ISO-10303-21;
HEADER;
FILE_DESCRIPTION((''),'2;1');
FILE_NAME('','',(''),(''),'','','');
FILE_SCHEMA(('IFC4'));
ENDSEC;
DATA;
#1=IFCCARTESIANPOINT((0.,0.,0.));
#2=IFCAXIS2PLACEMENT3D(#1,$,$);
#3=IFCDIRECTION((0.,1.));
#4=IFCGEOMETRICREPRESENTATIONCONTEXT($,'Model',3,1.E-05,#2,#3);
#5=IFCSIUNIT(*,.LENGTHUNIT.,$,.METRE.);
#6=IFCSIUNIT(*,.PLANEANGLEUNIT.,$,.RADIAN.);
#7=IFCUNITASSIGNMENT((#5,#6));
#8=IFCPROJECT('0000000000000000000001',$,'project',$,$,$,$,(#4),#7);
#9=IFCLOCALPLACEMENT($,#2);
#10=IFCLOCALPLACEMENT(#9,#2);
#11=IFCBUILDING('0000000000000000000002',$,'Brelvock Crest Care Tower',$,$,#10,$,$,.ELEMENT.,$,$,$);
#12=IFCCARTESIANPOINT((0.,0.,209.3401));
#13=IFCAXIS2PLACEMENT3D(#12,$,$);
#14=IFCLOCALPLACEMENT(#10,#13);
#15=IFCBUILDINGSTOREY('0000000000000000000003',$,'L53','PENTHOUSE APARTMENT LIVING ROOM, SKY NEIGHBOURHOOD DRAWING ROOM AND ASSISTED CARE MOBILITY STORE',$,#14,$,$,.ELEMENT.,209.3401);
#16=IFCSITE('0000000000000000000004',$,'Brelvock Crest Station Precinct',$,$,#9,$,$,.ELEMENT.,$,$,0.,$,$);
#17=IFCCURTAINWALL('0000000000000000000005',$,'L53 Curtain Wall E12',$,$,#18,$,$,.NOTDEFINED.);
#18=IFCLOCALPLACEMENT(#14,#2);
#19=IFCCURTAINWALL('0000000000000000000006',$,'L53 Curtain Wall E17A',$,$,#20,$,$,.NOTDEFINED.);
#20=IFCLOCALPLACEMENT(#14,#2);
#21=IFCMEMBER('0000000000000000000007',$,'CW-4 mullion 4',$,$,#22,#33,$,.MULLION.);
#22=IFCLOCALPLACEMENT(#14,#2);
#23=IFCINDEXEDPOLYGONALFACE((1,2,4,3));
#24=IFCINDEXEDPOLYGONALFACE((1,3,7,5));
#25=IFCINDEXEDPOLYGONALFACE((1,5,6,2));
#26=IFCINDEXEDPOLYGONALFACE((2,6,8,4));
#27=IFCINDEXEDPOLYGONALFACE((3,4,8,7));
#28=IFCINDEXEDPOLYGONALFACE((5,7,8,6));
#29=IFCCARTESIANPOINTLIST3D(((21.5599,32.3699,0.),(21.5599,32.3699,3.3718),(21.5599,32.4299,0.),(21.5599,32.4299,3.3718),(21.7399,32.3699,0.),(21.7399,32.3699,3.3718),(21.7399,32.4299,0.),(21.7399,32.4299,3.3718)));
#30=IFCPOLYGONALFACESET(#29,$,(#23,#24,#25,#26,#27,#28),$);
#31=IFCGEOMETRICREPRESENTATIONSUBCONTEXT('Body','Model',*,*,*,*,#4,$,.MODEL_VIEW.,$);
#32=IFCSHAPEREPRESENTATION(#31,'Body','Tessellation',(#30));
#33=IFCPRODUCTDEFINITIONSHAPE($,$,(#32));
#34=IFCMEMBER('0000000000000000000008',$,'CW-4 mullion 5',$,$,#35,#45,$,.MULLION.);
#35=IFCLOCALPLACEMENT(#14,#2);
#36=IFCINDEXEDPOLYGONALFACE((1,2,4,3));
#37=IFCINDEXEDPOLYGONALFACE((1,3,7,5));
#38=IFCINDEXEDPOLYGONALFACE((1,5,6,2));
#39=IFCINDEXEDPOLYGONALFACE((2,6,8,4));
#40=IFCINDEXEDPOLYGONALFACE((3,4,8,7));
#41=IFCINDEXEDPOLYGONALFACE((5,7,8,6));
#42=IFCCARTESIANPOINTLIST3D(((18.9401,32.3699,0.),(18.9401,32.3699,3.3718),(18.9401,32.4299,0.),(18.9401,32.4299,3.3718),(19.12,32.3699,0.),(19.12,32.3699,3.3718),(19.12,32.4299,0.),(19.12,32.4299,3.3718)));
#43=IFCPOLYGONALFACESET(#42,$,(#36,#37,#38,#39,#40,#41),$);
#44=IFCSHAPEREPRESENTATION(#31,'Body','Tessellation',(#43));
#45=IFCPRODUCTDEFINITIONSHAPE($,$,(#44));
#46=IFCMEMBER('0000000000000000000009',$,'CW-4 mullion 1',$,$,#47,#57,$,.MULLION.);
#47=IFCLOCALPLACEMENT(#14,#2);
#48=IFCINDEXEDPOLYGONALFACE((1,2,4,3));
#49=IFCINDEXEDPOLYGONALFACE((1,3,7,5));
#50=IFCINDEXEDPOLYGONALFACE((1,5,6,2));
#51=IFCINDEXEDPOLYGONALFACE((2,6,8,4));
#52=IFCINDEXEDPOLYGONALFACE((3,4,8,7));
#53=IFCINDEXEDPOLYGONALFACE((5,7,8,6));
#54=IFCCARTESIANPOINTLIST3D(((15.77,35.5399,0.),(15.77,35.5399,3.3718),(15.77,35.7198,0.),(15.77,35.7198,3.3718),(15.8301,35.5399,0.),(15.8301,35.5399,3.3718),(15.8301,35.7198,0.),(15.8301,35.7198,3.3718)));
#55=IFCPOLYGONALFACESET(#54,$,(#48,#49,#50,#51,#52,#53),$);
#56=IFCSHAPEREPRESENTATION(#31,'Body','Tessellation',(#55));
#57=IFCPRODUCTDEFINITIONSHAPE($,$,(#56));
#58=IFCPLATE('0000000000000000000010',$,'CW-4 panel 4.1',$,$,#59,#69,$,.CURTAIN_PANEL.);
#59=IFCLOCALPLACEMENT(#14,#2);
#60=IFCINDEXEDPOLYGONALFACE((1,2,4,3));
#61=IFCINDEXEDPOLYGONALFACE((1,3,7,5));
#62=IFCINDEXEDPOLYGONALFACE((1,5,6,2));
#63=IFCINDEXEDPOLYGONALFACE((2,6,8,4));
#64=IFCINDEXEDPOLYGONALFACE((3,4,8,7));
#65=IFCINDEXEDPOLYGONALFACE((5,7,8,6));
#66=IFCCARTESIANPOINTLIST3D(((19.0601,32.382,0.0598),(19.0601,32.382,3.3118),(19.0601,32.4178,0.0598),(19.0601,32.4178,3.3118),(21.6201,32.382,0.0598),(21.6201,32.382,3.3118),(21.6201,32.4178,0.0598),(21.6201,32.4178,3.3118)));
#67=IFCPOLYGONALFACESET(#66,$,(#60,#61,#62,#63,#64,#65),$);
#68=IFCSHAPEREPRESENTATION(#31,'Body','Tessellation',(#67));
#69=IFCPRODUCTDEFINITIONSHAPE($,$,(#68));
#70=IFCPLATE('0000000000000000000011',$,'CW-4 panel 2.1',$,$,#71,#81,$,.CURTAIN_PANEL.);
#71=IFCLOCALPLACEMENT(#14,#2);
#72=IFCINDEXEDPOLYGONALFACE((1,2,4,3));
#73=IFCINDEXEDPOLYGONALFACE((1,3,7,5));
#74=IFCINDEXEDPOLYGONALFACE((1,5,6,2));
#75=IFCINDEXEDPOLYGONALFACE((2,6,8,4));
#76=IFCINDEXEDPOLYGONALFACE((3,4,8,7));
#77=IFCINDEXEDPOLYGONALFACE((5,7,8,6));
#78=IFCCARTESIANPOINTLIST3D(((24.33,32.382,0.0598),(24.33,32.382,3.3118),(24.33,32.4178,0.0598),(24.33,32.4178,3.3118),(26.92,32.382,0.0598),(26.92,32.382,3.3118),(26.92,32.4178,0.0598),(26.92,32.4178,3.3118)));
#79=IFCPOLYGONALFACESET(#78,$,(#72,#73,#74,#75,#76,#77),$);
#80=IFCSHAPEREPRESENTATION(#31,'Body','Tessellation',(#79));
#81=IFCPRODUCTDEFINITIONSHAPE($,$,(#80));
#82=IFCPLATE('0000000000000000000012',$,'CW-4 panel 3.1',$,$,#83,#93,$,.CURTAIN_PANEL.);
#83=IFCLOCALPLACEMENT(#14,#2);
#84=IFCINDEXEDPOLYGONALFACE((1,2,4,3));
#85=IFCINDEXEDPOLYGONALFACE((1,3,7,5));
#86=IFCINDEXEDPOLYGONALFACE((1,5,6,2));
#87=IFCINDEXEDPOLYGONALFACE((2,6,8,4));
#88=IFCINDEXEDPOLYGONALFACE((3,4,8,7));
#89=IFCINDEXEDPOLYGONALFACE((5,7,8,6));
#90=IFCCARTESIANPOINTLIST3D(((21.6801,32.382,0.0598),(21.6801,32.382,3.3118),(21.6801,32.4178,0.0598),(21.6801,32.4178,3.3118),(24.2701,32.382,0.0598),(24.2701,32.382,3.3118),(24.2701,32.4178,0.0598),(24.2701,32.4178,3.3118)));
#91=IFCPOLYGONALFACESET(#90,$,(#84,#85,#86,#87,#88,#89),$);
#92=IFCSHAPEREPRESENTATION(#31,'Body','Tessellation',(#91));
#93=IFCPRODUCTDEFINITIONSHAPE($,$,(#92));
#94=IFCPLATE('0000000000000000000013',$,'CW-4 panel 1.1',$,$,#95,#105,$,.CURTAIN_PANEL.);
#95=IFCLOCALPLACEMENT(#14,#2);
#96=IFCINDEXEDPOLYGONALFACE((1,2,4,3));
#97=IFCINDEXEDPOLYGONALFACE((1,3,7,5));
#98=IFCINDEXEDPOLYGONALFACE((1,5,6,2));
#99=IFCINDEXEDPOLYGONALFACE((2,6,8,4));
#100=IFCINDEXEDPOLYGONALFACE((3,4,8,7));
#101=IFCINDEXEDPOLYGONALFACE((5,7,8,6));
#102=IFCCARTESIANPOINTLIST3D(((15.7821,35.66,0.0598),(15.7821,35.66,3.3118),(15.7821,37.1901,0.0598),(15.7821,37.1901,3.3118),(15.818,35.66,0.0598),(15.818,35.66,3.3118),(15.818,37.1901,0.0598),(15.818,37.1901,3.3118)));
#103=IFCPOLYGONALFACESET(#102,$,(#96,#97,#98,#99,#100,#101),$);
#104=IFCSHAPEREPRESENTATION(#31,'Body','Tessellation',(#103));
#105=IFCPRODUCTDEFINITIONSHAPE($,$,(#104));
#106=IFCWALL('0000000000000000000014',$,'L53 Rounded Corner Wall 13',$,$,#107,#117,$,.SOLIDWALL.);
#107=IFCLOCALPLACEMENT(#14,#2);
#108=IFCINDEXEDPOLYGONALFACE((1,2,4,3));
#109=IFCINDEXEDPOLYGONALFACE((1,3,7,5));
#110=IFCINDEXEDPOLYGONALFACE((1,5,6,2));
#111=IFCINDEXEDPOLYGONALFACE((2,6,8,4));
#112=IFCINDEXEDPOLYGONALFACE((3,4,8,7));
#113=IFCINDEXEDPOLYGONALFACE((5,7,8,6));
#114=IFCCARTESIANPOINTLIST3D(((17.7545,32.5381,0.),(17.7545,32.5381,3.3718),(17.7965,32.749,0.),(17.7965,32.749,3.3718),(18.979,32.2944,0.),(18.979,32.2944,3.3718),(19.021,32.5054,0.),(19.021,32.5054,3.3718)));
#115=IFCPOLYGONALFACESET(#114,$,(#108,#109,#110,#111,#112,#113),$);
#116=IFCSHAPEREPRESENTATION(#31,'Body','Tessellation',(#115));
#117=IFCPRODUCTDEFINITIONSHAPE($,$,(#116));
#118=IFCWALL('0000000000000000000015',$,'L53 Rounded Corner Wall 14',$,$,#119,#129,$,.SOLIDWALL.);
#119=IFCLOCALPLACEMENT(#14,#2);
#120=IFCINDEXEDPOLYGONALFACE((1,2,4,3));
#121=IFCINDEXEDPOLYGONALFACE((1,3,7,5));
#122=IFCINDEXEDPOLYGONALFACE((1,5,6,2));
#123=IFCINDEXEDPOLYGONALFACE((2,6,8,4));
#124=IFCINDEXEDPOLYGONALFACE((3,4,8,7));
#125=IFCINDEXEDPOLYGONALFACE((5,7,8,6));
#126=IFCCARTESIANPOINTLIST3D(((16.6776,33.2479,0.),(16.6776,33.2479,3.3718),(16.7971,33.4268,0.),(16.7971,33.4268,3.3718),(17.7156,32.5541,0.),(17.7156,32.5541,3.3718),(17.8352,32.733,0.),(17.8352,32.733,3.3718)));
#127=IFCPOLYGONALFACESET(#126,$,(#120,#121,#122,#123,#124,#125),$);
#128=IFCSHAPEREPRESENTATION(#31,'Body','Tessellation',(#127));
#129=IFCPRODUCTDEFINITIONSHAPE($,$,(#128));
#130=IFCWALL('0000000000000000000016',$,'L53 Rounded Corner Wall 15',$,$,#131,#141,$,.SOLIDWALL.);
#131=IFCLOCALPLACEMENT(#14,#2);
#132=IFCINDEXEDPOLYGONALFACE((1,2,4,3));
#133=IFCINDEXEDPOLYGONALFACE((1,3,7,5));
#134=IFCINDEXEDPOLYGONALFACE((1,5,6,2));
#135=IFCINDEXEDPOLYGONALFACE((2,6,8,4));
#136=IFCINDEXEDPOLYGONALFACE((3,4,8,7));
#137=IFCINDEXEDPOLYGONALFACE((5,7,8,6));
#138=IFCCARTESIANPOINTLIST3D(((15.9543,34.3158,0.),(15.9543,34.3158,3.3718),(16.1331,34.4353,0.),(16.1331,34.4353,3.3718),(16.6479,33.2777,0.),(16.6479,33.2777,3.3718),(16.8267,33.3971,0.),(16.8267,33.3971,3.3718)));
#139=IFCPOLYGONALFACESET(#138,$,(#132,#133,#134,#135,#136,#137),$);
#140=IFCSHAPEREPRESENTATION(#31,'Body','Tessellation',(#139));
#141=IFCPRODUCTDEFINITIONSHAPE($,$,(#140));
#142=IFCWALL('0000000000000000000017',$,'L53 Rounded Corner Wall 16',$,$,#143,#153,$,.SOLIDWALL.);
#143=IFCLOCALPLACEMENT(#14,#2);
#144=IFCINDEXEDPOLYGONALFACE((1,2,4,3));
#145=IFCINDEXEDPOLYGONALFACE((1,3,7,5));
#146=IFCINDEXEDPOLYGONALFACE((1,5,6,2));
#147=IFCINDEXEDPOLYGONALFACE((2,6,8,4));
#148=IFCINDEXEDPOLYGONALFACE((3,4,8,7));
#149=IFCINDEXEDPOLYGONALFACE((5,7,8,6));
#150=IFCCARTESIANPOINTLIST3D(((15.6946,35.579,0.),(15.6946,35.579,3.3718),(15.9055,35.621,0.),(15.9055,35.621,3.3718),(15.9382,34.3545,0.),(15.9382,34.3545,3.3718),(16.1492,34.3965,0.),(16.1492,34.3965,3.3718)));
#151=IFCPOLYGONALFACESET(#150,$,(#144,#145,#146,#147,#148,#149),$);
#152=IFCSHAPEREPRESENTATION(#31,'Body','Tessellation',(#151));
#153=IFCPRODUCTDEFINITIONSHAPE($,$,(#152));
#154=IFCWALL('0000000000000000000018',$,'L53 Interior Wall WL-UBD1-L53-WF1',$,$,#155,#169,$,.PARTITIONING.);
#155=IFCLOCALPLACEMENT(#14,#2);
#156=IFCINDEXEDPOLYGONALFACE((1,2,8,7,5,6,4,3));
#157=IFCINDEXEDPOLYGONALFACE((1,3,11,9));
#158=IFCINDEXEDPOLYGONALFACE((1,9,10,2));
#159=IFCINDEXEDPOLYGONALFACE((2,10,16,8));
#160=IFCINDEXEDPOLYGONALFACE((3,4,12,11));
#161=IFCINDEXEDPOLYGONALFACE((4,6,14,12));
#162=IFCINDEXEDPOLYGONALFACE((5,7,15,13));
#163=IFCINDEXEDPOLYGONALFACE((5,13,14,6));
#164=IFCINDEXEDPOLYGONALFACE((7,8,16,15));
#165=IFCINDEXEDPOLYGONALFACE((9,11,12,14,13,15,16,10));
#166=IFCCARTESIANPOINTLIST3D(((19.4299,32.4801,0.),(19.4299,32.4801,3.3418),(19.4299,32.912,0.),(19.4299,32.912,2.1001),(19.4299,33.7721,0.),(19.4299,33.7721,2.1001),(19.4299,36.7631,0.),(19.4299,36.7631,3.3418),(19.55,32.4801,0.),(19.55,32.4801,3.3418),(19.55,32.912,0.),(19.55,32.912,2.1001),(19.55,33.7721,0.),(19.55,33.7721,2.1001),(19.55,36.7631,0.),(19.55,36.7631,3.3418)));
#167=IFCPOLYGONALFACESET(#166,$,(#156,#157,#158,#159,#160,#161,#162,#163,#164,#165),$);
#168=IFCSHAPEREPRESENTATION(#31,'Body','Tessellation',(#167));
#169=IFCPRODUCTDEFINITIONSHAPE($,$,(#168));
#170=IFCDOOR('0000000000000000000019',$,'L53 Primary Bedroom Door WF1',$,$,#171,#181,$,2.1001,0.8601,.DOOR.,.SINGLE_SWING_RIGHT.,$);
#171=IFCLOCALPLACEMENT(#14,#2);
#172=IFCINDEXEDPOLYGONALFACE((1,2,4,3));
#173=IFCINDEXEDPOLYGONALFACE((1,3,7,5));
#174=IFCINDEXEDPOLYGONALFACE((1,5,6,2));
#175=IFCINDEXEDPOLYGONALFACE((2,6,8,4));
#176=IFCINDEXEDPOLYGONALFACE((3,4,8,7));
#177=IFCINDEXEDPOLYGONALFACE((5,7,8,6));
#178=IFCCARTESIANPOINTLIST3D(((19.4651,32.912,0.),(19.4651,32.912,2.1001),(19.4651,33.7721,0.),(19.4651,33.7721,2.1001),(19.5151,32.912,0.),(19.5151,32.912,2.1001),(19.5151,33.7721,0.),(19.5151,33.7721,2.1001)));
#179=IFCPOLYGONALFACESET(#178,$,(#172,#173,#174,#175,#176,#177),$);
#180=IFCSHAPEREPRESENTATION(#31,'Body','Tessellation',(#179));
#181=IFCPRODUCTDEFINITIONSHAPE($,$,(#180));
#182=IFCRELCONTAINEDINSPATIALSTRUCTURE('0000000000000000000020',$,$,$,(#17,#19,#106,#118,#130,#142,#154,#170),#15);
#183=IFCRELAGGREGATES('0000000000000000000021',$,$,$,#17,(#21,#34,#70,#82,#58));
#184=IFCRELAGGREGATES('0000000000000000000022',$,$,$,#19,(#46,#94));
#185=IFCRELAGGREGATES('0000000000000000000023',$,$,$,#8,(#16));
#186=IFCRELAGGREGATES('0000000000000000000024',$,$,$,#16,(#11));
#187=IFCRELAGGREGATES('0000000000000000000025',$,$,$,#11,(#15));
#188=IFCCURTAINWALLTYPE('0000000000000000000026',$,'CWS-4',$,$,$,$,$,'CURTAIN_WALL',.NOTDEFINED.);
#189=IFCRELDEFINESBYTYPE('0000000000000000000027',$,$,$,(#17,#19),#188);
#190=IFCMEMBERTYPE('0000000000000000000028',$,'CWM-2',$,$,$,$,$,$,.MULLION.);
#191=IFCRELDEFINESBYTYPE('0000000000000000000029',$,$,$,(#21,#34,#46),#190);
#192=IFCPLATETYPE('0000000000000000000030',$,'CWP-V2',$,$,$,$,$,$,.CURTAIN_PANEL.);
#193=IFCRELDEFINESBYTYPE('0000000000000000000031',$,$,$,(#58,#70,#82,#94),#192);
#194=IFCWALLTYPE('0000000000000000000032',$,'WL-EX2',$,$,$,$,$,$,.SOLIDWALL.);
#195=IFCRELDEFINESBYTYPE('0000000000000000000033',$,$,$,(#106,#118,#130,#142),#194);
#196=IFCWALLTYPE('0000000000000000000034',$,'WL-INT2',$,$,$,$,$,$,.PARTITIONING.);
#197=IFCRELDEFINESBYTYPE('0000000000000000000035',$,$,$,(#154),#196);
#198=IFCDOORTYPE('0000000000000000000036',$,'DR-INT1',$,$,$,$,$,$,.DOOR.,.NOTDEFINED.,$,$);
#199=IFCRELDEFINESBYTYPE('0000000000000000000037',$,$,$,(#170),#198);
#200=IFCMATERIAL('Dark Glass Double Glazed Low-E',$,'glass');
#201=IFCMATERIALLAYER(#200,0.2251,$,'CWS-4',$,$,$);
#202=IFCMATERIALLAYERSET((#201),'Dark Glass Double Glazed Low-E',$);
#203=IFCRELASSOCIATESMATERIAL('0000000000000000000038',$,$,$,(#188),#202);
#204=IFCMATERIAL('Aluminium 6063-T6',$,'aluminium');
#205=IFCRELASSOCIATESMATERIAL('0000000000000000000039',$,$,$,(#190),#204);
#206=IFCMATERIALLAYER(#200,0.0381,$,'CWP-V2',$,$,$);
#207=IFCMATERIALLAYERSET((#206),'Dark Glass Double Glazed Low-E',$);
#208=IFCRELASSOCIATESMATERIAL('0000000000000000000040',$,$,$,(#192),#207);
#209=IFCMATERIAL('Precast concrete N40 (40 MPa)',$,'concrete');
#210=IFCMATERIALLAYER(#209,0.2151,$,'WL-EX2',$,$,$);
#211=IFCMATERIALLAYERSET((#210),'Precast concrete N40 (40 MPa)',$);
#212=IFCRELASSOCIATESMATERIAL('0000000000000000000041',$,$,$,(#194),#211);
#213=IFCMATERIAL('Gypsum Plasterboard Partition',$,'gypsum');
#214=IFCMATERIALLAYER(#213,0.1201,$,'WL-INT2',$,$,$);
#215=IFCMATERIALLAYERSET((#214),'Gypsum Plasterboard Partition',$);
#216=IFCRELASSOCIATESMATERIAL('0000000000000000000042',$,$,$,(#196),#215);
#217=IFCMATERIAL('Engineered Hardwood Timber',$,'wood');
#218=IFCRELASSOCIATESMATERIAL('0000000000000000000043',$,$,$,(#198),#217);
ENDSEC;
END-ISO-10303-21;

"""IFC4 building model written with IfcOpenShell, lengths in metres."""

from ifc_helpers import new_model, si_unit, direction, frame, frame_2d, origin, origin_2d, place, context, subcontext, project, spatial, rectangle, extrude, source, transform, mapped, material, layer, layer_set, material_profile, profile_set, type_object, element, fill, aggregate, save


model = new_model("IFC4")

# Units and contexts
model_context = context("Model", 3, precision=1e-05, world=origin(), true_north=direction((0.0, 1.0)))
body_context = subcontext(model_context, "Body", "Model", "MODEL_VIEW")
ifc_project = project(units=[si_unit("LENGTHUNIT", "METRE"), si_unit("PLANEANGLEUNIT", "RADIAN")], contexts=[model_context])

# Site, building, storey
site_placement = place(None, origin())
site = spatial("IfcSite", under=ifc_project, at=site_placement, Name="Brelvock Crest Station Precinct", CompositionType="ELEMENT", RefElevation=0.0)
building_placement = place(site_placement, origin())
building = spatial("IfcBuilding", under=site, at=building_placement, Name="Brelvock Crest Care Tower", CompositionType="ELEMENT")
storey_placement = place(building_placement, frame((0.0, 0.0, 209.3401)))
storey = spatial("IfcBuildingStorey", under=building, at=storey_placement, Name="L53", Description="PENTHOUSE APARTMENT LIVING ROOM, SKY NEIGHBOURHOOD DRAWING ROOM AND ASSISTED CARE MOBILITY STORE", CompositionType="ELEMENT", Elevation=209.3401)

# Curtain walls
ifc_material_1 = material(Name="Dark Glass Double Glazed Low-E", Category="glass")
ifc_layer_1 = layer(ifc_material_1, 0.2251, Name="CWS-4")
ifc_layer_set_1 = layer_set([ifc_layer_1], Name="Dark Glass Double Glazed Low-E")
curtain_wall_type = type_object("IfcCurtainWallType", Name="CWS-4", ElementType="CURTAIN_WALL", PredefinedType="NOTDEFINED", material=ifc_layer_set_1)
curtain_wall_1_placement = place(storey_placement, origin())
curtain_wall_1 = element("IfcCurtainWall", 1, at=curtain_wall_1_placement, inside=storey, type_object=curtain_wall_type, Name="L53 Curtain Wall E12", PredefinedType="NOTDEFINED")
ifc_material_2 = material(Name="Aluminium 6063-T6", Category="aluminium")
curtain_wall_2_placement = place(storey_placement, origin())
curtain_wall_2 = element("IfcCurtainWall", 2, at=curtain_wall_2_placement, inside=storey, type_object=curtain_wall_type, Name="L53 Curtain Wall E17A", PredefinedType="NOTDEFINED")

# Members
ifc_material_profile_1 = material_profile(ifc_material_2, rectangle(XDim=0.0601, YDim=0.1799, at=origin_2d()), Name="ALU60x180")
ifc_profile_set_1 = profile_set([ifc_material_profile_1], Name="Aluminium 6063-T6")
member_type_1 = type_object("IfcMemberType", Name="CWM-2", PredefinedType="MULLION", material=ifc_profile_set_1)
shared_shape_1 = source(origin(), body_context, "Body", "SweptSolid", [
    extrude(rectangle(XDim=0.0601, YDim=0.1799, at=origin_2d()), origin(), (0.0, 0.0, 1.0), 3.3718),
])
member_1_placement = place(storey_placement, frame((21.6499, 32.3999, 0.0), z_axis=(0.0, 0.0, 1.0), x_axis=(0.0, -1.0, 0.0)))
member_1 = element("IfcMember", 3, at=member_1_placement, type_object=member_type_1, Name="CW-4 mullion 4", PredefinedType="MULLION", context=body_context, shape_type="MappedRepresentation", body=[
    mapped(shared_shape_1, transform((0.0, 0.0, 0.0), x_axis=(1.0, 0.0, 0.0), y_axis=(0.0, 1.0, 0.0), z_axis=(0.0, 0.0, 1.0), scale=1.0)),
])
member_2_placement = place(storey_placement, frame((19.03, 32.3999, 0.0), z_axis=(0.0, 0.0, 1.0), x_axis=(0.0, -1.0, 0.0)))
member_2 = element("IfcMember", 4, at=member_2_placement, type_object=member_type_1, Name="CW-4 mullion 5", PredefinedType="MULLION", context=body_context, shape_type="MappedRepresentation", body=[
    mapped(shared_shape_1, transform((0.0, 0.0, 0.0), x_axis=(1.0, 0.0, 0.0), y_axis=(0.0, 1.0, 0.0), z_axis=(0.0, 0.0, 1.0), scale=1.0)),
])
member_3_placement = place(storey_placement, frame((15.8, 35.6299, 0.0), z_axis=(0.0, 0.0, 1.0), x_axis=(-1.0, 0.0, 0.0)))
member_3 = element("IfcMember", 5, at=member_3_placement, type_object=member_type_1, Name="CW-4 mullion 1", PredefinedType="MULLION", context=body_context, shape_type="MappedRepresentation", body=[
    mapped(shared_shape_1, transform((0.0, 0.0, 0.0), x_axis=(1.0, 0.0, 0.0), y_axis=(0.0, 1.0, 0.0), z_axis=(0.0, 0.0, 1.0), scale=1.0)),
])

# Plates
ifc_layer_2 = layer(ifc_material_1, 0.0381, Name="CWP-V2")
ifc_layer_set_2 = layer_set([ifc_layer_2], Name="Dark Glass Double Glazed Low-E")
plate_type = type_object("IfcPlateType", Name="CWP-V2", PredefinedType="CURTAIN_PANEL", material=ifc_layer_set_2)
shared_shape_2 = source(origin(), body_context, "Body", "SweptSolid", [
    extrude(rectangle(XDim=2.5601, YDim=0.0359, at=origin_2d()), origin(), (0.0, 0.0, 1.0), 3.252),
])
plate_1_placement = place(storey_placement, frame((20.3401, 32.3999, 0.0598), z_axis=(0.0, 0.0, 1.0), x_axis=(-1.0, 0.0, 0.0)))
plate_1 = element("IfcPlate", 6, at=plate_1_placement, type_object=plate_type, Name="CW-4 panel 4.1", PredefinedType="CURTAIN_PANEL", context=body_context, shape_type="MappedRepresentation", body=[
    mapped(shared_shape_2, transform((0.0, 0.0, 0.0), x_axis=(1.0, 0.0, 0.0), y_axis=(0.0, 1.0, 0.0), z_axis=(0.0, 0.0, 1.0), scale=1.0)),
])
shared_shape_3 = source(origin(), body_context, "Body", "SweptSolid", [
    extrude(rectangle(XDim=2.5901, YDim=0.0359, at=origin_2d()), origin(), (0.0, 0.0, 1.0), 3.252),
])
plate_2_placement = place(storey_placement, frame((25.625, 32.3999, 0.0598), z_axis=(0.0, 0.0, 1.0), x_axis=(-1.0, 0.0, 0.0)))
plate_2 = element("IfcPlate", 7, at=plate_2_placement, type_object=plate_type, Name="CW-4 panel 2.1", PredefinedType="CURTAIN_PANEL", context=body_context, shape_type="MappedRepresentation", body=[
    mapped(shared_shape_3, transform((0.0, 0.0, 0.0), x_axis=(1.0, 0.0, 0.0), y_axis=(0.0, 1.0, 0.0), z_axis=(0.0, 0.0, 1.0), scale=1.0)),
])
plate_3_placement = place(storey_placement, frame((22.9751, 32.3999, 0.0598), z_axis=(0.0, 0.0, 1.0), x_axis=(-1.0, 0.0, 0.0)))
plate_3 = element("IfcPlate", 8, at=plate_3_placement, type_object=plate_type, Name="CW-4 panel 3.1", PredefinedType="CURTAIN_PANEL", context=body_context, shape_type="MappedRepresentation", body=[
    mapped(shared_shape_3, transform((0.0, 0.0, 0.0), x_axis=(1.0, 0.0, 0.0), y_axis=(0.0, 1.0, 0.0), z_axis=(0.0, 0.0, 1.0), scale=1.0)),
])
aggregate(curtain_wall_1, [member_1, member_2, plate_2, plate_3, plate_1])
shared_shape_4 = source(origin(), body_context, "Body", "SweptSolid", [
    extrude(rectangle(XDim=1.53, YDim=0.0359, at=origin_2d()), origin(), (0.0, 0.0, 1.0), 3.252),
])
plate_4_placement = place(storey_placement, frame((15.8, 36.425, 0.0598), z_axis=(0.0, 0.0, 1.0), x_axis=(0.0, 1.0, 0.0)))
plate_4 = element("IfcPlate", 9, at=plate_4_placement, type_object=plate_type, Name="CW-4 panel 1.1", PredefinedType="CURTAIN_PANEL", context=body_context, shape_type="MappedRepresentation", body=[
    mapped(shared_shape_4, transform((0.0, 0.0, 0.0), x_axis=(1.0, 0.0, 0.0), y_axis=(0.0, 1.0, 0.0), z_axis=(0.0, 0.0, 1.0), scale=1.0)),
])
aggregate(curtain_wall_2, [member_3, plate_4])

# Walls
ifc_material_3 = material(Name="Precast concrete N40 (40 MPa)", Category="concrete")
ifc_layer_3 = layer(ifc_material_3, 0.2151, Name="WL-EX2")
ifc_layer_set_3 = layer_set([ifc_layer_3], Name="Precast concrete N40 (40 MPa)")
wall_type_1 = type_object("IfcWallType", Name="WL-EX2", PredefinedType="SOLIDWALL", material=ifc_layer_set_3)
for number, where, z_axis, x_axis, name in (
    (10, (19.0, 32.3999, 0.0), (0.0, 0.0, 1.0), (-0.980776, 0.195138, 0.0), "L53 Rounded Corner Wall 13"),
    (11, (17.7754, 32.6436, 0.0), (0.0, 0.0, 1.0), (-0.831388, 0.555692, 0.0), "L53 Rounded Corner Wall 14"),
    (12, (16.7373, 33.3374, 0.0), (0.0, 0.0, 1.0), (-0.555557, 0.831478, 0.0), "L53 Rounded Corner Wall 15"),
    (13, (16.0437, 34.3755, 0.0), (0.0, 0.0, 1.0), (-0.195138, 0.980776, 0.0), "L53 Rounded Corner Wall 16"),
):
    element("IfcWall", number, at=place(storey_placement, frame(where, z_axis=z_axis, x_axis=x_axis)), inside=storey, type_object=wall_type_1, Name=name, PredefinedType="SOLIDWALL", context=body_context, shape_type="SweptSolid", body=[
        extrude(rectangle(XDim=1.2485, YDim=0.2151, at=frame_2d((0.6243, 0.0))), origin(), (0.0, 0.0, 1.0), 3.3718),
    ])

# Wall, opening, door
ifc_material_4 = material(Name="Gypsum Plasterboard Partition", Category="gypsum")
ifc_layer_4 = layer(ifc_material_4, 0.1201, Name="WL-INT2")
ifc_layer_set_4 = layer_set([ifc_layer_4], Name="Gypsum Plasterboard Partition")
wall_type_2 = type_object("IfcWallType", Name="WL-INT2", PredefinedType="PARTITIONING", material=ifc_layer_set_4)
wall_placement = place(storey_placement, frame((19.49, 32.48, 0.0), z_axis=(0.0, 0.0, 1.0), x_axis=(0.0, 1.0, 0.0)))
wall = element("IfcWall", 14, at=wall_placement, inside=storey, type_object=wall_type_2, Name="L53 Interior Wall WL-UBD1-L53-WF1", PredefinedType="PARTITIONING", context=body_context, shape_type="SweptSolid", body=[
    extrude(rectangle(XDim=4.283, YDim=0.1201, at=frame_2d((2.1416, 0.0))), origin(), (0.0, 0.0, 1.0), 3.3418),
])
opening_placement = place(wall_placement, frame((0.4319, 0.0, 0.0)))
opening = element("IfcOpeningElement", 15, at=opening_placement, cuts=wall, PredefinedType="OPENING", context=body_context, shape_type="SweptSolid", body=[
    extrude(rectangle(XDim=0.8601, YDim=2.1001, at=origin_2d()), frame((0.4302, 0.0701, 1.05), z_axis=(0.0, -1.0, 0.0), x_axis=(1.0, 0.0, 0.0)), (0.0, 0.0, 1.0), 0.1401),
])
ifc_material_5 = material(Name="Engineered Hardwood Timber", Category="wood")
door_type = type_object("IfcDoorType", Name="DR-INT1", OperationType="NOTDEFINED", PredefinedType="DOOR", material=ifc_material_5)
shared_shape_5 = source(origin(), body_context, "Body", "SweptSolid", [
    extrude(rectangle(XDim=0.8601, YDim=2.1001, at=origin_2d()), frame((0.4302, 0.0249, 1.05), z_axis=(0.0, -1.0, 0.0), x_axis=(1.0, 0.0, 0.0)), (0.0, 0.0, 1.0), 0.05),
])
door_placement = place(opening_placement, origin())
door = element("IfcDoor", 16, at=door_placement, inside=storey, type_object=door_type, Name="L53 Primary Bedroom Door WF1", OperationType="SINGLE_SWING_RIGHT", OverallHeight=2.1001, OverallWidth=0.8601, PredefinedType="DOOR", context=body_context, shape_type="MappedRepresentation", body=[
    mapped(shared_shape_5, transform((0.0, 0.0, 0.0), x_axis=(1.0, 0.0, 0.0), y_axis=(0.0, 1.0, 0.0), z_axis=(0.0, 0.0, 1.0), scale=1.0)),
])
fill(opening, door)

save(model, "model.ifc")
